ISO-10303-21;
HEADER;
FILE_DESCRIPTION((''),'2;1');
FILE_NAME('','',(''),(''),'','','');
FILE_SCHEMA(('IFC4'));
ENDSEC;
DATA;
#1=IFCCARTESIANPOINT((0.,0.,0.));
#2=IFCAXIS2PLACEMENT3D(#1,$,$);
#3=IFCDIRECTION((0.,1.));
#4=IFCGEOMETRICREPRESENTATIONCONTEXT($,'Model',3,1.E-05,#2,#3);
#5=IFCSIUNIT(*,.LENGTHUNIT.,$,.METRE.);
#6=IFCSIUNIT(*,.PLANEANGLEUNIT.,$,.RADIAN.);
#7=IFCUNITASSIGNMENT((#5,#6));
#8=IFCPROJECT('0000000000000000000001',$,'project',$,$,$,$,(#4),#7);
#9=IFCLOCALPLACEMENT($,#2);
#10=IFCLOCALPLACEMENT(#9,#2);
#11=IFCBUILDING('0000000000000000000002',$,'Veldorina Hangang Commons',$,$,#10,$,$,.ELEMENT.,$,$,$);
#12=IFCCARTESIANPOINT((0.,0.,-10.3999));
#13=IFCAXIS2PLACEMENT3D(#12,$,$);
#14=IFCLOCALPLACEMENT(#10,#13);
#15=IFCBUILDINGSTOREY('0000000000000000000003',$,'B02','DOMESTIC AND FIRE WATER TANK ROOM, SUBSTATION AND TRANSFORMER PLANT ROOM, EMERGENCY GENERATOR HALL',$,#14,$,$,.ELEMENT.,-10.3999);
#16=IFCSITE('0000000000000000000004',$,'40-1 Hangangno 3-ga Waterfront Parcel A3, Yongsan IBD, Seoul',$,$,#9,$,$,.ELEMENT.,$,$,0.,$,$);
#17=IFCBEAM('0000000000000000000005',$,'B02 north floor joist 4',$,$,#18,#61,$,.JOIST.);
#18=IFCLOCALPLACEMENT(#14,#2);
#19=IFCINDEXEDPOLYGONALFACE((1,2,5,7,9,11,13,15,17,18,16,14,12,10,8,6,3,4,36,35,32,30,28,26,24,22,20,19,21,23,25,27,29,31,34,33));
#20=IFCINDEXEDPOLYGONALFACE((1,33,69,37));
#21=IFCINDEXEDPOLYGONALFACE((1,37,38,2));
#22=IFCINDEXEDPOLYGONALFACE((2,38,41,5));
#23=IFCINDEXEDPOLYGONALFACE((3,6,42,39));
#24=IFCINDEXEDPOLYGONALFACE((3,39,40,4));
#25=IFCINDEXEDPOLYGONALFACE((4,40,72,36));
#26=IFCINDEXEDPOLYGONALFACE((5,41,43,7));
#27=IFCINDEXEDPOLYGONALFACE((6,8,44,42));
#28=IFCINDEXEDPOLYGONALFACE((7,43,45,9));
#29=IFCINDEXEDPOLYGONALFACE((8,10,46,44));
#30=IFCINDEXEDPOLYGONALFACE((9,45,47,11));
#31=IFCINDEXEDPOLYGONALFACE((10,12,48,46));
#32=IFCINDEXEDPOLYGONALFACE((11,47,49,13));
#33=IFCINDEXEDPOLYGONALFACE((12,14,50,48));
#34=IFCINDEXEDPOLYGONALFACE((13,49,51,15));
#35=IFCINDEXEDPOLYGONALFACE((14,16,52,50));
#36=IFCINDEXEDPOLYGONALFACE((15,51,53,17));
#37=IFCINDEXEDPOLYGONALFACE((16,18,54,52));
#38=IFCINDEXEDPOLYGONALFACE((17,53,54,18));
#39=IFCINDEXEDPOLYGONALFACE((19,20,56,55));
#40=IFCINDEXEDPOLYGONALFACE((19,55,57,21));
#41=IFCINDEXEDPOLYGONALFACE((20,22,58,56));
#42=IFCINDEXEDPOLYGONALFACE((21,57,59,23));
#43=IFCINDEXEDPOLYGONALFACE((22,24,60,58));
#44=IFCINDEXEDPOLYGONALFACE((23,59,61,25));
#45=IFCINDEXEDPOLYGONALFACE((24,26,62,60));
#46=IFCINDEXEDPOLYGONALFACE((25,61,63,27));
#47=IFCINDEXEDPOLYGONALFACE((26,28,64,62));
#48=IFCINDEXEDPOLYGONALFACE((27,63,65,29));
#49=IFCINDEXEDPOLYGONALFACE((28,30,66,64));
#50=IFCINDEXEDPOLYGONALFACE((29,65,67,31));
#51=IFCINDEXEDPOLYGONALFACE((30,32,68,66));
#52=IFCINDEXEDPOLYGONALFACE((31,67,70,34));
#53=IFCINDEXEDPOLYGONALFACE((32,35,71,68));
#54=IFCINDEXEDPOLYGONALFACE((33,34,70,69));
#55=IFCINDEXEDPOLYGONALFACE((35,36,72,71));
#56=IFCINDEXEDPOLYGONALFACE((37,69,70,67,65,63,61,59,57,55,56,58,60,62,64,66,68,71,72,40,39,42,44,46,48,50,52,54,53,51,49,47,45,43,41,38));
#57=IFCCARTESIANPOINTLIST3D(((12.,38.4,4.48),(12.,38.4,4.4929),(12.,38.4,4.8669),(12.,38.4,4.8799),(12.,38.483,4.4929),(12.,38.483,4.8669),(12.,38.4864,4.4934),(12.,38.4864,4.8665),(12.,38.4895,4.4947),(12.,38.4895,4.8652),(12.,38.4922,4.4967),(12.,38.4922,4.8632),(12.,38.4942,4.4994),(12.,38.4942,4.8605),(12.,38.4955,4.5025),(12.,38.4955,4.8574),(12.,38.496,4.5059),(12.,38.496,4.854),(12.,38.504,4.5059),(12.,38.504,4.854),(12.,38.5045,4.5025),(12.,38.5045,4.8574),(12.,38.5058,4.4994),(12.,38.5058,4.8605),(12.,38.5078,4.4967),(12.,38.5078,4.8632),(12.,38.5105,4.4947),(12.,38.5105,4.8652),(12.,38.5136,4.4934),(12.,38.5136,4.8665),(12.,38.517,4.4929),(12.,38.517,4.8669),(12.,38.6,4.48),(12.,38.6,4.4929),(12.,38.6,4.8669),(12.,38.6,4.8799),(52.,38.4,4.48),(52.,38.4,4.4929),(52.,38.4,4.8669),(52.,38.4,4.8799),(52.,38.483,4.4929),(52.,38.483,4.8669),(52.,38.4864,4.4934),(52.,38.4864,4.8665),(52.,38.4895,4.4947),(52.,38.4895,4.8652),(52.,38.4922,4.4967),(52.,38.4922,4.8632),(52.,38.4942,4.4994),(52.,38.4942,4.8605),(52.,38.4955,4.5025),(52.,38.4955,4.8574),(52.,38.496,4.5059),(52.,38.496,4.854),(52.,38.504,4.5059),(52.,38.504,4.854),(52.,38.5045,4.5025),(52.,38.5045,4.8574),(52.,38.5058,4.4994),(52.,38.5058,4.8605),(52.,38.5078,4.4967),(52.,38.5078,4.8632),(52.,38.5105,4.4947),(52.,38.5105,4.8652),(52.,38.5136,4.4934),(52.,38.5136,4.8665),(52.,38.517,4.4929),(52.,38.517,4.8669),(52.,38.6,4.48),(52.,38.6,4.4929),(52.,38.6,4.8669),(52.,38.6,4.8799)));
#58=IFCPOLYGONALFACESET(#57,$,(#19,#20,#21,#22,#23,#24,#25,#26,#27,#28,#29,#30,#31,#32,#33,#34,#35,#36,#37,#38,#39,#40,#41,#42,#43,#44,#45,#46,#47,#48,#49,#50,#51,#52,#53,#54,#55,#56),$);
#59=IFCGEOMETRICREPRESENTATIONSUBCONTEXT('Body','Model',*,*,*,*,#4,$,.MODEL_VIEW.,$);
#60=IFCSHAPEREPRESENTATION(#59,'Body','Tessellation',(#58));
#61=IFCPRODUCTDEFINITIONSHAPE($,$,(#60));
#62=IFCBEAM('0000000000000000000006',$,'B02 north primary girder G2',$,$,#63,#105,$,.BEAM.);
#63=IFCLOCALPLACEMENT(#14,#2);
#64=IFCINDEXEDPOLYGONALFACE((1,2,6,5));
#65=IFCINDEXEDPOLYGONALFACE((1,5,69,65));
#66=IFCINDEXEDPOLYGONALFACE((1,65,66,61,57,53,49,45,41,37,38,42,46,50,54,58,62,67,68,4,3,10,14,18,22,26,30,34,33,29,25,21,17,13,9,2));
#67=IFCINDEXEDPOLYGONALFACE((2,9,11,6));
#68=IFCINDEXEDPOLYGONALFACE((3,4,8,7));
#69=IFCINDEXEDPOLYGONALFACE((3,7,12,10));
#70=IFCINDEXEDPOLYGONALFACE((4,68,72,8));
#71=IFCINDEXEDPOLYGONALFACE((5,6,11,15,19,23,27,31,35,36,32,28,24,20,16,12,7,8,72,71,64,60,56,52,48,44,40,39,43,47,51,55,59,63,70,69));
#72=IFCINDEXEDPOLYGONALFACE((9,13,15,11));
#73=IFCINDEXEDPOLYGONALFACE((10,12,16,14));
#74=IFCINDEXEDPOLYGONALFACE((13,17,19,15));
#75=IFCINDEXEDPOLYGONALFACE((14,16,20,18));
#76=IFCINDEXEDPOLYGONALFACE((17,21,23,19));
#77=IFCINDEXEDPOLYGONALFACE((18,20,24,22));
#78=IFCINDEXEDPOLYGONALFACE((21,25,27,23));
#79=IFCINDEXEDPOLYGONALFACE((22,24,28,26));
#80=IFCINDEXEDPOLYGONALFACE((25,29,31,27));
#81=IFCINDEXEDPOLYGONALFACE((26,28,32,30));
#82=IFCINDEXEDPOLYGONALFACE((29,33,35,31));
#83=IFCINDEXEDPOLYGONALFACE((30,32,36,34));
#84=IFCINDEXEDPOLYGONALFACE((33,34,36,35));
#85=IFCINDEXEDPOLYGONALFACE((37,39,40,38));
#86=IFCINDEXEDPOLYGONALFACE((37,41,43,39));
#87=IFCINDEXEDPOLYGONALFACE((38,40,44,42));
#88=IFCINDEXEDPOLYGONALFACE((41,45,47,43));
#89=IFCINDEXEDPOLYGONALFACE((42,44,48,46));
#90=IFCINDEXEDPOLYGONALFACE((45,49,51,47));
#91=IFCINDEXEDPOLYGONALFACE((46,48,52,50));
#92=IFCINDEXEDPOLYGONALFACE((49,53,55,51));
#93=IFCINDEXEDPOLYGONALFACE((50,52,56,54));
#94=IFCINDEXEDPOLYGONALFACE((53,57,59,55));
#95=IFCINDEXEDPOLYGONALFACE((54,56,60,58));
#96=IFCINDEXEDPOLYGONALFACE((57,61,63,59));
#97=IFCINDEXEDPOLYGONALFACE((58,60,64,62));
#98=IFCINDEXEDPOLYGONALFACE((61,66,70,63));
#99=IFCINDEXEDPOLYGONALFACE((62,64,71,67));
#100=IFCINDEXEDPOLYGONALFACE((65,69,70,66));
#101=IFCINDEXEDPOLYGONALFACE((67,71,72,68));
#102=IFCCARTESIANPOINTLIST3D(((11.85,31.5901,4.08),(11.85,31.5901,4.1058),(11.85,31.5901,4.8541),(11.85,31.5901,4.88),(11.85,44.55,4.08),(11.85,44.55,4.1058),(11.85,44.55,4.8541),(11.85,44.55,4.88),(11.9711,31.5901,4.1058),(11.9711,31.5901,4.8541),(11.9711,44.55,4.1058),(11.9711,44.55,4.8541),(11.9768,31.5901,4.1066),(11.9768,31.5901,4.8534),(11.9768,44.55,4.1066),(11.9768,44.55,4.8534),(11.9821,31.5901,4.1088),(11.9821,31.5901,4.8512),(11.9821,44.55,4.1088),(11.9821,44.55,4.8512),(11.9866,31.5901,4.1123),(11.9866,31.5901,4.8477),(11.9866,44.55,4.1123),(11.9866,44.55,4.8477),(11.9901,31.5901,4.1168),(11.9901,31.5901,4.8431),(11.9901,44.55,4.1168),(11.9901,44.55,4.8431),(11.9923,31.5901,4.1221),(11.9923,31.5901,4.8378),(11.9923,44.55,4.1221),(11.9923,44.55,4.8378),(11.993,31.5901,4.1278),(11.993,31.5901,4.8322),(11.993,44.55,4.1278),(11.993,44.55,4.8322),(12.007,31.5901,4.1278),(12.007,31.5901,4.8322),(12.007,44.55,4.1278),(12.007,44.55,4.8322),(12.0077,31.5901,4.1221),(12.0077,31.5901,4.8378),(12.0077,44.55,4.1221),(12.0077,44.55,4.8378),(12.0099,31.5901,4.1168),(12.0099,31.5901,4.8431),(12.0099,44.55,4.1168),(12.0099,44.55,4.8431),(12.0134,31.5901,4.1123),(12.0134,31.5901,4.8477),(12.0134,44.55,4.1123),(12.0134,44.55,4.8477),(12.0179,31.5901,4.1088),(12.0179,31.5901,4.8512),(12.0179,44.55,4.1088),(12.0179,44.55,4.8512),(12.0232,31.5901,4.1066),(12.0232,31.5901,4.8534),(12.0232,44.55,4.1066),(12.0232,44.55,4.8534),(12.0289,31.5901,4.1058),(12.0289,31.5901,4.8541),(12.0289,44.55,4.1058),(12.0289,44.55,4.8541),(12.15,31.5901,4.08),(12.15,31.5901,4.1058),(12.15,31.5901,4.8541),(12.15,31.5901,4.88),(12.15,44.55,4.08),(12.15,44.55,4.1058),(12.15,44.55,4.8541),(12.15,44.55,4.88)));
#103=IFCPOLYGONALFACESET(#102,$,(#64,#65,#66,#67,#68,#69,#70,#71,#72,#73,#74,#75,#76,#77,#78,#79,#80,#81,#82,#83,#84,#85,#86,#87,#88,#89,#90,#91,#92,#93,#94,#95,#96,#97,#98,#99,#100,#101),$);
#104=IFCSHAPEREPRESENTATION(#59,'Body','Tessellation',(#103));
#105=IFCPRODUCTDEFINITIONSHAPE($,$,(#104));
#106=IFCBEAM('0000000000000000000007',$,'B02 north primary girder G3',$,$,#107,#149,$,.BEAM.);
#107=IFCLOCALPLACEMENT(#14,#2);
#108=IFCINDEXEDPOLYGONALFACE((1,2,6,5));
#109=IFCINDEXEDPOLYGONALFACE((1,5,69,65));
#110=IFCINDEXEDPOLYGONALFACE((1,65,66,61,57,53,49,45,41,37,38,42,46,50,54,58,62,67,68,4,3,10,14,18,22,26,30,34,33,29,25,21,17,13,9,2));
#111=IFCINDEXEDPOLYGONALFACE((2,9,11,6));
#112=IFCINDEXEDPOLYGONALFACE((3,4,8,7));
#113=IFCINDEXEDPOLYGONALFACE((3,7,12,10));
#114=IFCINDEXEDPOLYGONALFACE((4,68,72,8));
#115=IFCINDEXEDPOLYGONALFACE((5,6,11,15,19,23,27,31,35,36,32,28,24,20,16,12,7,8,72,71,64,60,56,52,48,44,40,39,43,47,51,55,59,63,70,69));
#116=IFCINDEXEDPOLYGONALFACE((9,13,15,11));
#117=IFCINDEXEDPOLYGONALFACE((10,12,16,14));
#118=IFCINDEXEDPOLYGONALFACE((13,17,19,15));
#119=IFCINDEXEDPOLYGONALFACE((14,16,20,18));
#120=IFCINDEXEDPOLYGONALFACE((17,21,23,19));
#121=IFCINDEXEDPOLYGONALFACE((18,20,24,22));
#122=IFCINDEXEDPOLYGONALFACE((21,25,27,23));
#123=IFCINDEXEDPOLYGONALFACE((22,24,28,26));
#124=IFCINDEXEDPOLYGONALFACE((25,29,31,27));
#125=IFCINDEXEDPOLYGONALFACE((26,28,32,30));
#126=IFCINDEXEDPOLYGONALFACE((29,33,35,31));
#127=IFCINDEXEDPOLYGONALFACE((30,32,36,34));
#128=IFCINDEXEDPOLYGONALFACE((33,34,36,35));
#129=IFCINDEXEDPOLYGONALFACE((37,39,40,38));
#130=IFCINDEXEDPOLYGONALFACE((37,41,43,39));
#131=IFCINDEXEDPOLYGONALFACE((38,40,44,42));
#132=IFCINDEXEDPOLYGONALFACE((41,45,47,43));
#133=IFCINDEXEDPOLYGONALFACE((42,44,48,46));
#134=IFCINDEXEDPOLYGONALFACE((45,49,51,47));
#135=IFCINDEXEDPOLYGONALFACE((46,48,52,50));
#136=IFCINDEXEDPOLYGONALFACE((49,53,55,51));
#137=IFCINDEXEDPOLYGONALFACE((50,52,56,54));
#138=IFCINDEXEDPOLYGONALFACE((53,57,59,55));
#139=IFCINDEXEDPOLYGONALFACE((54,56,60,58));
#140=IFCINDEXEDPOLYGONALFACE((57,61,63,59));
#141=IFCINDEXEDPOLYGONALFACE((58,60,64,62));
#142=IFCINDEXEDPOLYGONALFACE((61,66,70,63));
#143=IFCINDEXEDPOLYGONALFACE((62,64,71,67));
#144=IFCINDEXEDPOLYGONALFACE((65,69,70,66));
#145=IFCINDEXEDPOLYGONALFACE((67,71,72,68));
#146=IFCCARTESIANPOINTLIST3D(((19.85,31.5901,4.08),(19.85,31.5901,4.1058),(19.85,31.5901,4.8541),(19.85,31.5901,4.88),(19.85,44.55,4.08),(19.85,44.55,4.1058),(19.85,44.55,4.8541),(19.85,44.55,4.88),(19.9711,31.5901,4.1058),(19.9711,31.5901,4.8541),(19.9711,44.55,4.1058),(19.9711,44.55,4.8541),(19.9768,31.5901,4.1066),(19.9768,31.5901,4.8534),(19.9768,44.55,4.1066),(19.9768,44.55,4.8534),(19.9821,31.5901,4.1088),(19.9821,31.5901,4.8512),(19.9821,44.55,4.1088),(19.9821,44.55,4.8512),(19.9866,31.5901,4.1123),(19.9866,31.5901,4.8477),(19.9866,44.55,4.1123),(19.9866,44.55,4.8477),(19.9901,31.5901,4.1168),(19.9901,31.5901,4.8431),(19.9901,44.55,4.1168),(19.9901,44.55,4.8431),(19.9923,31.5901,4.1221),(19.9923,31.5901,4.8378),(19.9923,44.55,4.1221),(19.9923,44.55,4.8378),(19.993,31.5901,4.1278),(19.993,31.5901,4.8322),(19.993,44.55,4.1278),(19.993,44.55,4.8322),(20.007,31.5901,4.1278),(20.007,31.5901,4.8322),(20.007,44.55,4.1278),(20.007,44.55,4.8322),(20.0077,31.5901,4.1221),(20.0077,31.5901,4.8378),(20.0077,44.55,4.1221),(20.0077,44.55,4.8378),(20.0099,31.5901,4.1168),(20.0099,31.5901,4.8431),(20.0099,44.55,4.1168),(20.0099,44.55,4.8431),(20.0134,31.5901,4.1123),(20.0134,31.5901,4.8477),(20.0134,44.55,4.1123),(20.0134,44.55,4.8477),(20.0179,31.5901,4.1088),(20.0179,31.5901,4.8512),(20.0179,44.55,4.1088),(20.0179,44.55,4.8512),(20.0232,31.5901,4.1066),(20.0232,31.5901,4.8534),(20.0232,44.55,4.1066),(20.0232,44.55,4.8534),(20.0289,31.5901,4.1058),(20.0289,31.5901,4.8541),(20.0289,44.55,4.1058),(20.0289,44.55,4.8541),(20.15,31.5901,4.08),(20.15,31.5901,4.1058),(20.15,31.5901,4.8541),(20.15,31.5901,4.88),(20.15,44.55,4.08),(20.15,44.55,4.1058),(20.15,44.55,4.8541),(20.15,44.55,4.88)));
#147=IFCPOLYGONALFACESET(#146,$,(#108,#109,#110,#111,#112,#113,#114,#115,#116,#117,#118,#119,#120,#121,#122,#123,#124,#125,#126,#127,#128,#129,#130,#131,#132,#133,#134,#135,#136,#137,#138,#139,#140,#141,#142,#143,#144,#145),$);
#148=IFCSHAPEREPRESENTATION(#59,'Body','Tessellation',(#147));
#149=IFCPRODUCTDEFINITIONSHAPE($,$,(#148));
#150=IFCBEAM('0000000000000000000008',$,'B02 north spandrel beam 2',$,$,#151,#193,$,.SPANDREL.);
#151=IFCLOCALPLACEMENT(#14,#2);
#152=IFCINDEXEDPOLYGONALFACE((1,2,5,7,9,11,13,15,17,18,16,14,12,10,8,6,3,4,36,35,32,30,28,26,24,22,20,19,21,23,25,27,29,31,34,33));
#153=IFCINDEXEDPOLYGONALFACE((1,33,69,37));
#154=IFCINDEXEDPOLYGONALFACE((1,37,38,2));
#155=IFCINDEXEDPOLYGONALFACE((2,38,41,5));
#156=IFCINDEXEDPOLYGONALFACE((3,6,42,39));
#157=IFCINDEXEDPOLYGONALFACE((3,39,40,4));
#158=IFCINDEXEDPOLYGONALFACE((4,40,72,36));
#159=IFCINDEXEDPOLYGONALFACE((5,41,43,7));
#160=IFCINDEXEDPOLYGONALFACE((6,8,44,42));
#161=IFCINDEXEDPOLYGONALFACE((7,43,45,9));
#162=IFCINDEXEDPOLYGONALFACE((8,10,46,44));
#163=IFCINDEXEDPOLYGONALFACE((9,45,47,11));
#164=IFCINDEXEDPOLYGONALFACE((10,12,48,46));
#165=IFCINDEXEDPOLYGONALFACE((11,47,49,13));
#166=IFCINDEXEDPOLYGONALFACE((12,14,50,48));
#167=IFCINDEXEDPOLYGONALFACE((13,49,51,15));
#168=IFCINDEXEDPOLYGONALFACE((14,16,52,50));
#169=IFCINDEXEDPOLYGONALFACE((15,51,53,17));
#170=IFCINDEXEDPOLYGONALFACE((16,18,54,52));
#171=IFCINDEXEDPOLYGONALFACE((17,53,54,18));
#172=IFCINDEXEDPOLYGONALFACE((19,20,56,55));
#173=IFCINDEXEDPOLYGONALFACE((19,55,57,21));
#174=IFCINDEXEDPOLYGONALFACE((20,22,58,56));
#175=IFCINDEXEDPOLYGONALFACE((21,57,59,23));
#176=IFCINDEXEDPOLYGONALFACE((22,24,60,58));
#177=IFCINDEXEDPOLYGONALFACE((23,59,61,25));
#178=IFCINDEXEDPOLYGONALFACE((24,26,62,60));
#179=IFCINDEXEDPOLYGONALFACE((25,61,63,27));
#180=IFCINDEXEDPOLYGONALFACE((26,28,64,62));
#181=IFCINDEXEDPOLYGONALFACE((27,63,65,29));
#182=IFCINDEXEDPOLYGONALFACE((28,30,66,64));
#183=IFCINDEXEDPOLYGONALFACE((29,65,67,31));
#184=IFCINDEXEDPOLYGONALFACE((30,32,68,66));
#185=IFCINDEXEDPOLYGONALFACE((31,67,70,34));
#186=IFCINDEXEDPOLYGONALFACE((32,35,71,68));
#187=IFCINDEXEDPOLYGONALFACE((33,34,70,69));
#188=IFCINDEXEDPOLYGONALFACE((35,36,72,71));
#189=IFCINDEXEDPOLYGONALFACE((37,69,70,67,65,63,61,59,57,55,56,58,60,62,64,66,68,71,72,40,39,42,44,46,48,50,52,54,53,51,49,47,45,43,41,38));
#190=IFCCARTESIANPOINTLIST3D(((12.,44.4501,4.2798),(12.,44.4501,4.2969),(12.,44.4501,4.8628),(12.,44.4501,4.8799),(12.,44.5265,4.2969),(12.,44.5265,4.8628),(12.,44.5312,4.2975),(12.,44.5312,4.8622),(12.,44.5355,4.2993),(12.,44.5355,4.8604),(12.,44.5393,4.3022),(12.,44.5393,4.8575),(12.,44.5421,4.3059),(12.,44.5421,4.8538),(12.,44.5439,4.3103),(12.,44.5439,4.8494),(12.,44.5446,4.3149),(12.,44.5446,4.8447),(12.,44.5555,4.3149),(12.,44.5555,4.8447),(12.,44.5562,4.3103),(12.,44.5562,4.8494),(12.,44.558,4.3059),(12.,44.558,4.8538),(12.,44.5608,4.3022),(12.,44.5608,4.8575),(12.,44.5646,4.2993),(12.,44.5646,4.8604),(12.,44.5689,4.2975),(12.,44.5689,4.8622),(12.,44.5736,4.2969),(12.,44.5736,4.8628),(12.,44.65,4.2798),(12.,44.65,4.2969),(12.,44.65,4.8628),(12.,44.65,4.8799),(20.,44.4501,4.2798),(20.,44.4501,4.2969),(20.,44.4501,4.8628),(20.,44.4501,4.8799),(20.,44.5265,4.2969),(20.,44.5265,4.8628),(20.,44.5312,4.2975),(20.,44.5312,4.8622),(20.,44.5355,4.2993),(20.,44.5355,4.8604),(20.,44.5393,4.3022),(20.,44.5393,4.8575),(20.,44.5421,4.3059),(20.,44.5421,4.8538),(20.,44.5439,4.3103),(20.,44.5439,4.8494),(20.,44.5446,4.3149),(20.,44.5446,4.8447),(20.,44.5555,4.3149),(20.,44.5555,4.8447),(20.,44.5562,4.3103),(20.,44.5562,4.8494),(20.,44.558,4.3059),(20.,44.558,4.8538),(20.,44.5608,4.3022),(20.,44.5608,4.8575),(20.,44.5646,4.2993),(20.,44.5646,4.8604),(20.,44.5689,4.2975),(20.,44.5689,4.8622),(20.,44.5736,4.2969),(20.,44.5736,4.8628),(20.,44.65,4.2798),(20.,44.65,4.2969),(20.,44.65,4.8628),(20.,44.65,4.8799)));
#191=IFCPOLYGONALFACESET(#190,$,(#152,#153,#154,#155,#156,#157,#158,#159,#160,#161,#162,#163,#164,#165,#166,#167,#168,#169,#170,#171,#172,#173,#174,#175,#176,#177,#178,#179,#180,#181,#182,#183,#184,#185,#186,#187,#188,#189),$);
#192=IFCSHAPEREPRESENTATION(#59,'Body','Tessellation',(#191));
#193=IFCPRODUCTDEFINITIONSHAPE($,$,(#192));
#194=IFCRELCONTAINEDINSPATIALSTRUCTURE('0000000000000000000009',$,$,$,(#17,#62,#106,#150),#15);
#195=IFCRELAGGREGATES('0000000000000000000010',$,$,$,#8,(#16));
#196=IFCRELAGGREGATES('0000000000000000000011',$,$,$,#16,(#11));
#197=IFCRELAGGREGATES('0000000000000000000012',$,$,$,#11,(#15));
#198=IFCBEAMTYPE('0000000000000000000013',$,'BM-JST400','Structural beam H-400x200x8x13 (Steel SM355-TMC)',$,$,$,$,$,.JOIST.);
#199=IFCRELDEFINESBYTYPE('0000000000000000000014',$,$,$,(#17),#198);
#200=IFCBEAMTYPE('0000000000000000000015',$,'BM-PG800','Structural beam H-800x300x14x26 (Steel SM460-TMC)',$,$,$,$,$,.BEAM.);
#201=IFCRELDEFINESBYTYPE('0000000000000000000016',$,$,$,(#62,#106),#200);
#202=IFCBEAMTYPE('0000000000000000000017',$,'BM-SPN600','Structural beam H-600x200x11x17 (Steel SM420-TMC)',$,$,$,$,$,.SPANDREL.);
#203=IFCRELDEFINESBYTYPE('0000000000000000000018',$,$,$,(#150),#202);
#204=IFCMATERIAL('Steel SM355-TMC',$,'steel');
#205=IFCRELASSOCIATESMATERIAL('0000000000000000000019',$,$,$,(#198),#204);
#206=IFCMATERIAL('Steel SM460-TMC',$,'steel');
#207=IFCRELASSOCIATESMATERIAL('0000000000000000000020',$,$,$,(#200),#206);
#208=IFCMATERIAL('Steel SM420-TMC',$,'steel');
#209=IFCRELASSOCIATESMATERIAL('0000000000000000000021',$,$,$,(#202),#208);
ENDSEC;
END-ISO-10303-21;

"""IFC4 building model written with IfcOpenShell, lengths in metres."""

from ifc_helpers import new_model, si_unit, direction, frame, origin, origin_2d, place, context, subcontext, project, spatial, i_section, extrude, material, material_profile, profile_set, type_object, element, save


model = new_model("IFC4")

# Units and contexts
model_context = context("Model", 3, precision=1e-05, world=origin(), true_north=direction((0.0, 1.0)))
body_context = subcontext(model_context, "Body", "Model", "MODEL_VIEW")
ifc_project = project(units=[si_unit("LENGTHUNIT", "METRE"), si_unit("PLANEANGLEUNIT", "RADIAN")], contexts=[model_context])

# Site, building, storey
site_placement = place(None, origin())
site = spatial("IfcSite", under=ifc_project, at=site_placement, Name="40-1 Hangangno 3-ga Waterfront Parcel A3, Yongsan IBD, Seoul", CompositionType="ELEMENT", RefElevation=0.0)
building_placement = place(site_placement, origin())
building = spatial("IfcBuilding", under=site, at=building_placement, Name="Veldorina Hangang Commons", CompositionType="ELEMENT")
storey_placement = place(building_placement, frame((0.0, 0.0, -10.3999)))
storey = spatial("IfcBuildingStorey", under=building, at=storey_placement, Name="B02", Description="DOMESTIC AND FIRE WATER TANK ROOM, SUBSTATION AND TRANSFORMER PLANT ROOM, EMERGENCY GENERATOR HALL", CompositionType="ELEMENT", Elevation=-10.3999)

# Shared definitions
ifc_material_1 = material(Name="Steel SM355-TMC", Category="steel")

# Beams
ifc_material_profile_1 = material_profile(ifc_material_1, i_section(OverallWidth=0.2, OverallDepth=0.3999, WebThickness=0.0081, FlangeThickness=0.0129, FilletRadius=0.0129, at=origin_2d()), Name="H-400x200x8x13")
ifc_profile_set_1 = profile_set([ifc_material_profile_1], Name="Steel SM355-TMC")
beam_type_1 = type_object("IfcBeamType", Name="BM-JST400", Description="Structural beam H-400x200x8x13 (Steel SM355-TMC)", PredefinedType="JOIST", material=ifc_profile_set_1)
beam_1_placement = place(storey_placement, frame((12.0, 38.5, 4.6799), z_axis=(1.0, 0.0, 0.0), x_axis=(0.0, 1.0, 0.0)))
element("IfcBeam", 1, at=beam_1_placement, inside=storey, type_object=beam_type_1, Name="B02 north floor joist 4", PredefinedType="JOIST", context=body_context, shape_type="SweptSolid", body=[
    extrude(i_section(OverallWidth=0.2, OverallDepth=0.3999, WebThickness=0.0081, FlangeThickness=0.0129, FilletRadius=0.0129, at=origin_2d()), origin(), (0.0, 0.0, 1.0), 40.0),
])
ifc_material_2 = material(Name="Steel SM460-TMC", Category="steel")
ifc_material_profile_2 = material_profile(ifc_material_2, i_section(OverallWidth=0.3, OverallDepth=0.8, WebThickness=0.0139, FlangeThickness=0.0259, FilletRadius=0.022, at=origin_2d()), Name="H-800x300x14x26")
ifc_profile_set_2 = profile_set([ifc_material_profile_2], Name="Steel SM460-TMC")
beam_type_2 = type_object("IfcBeamType", Name="BM-PG800", Description="Structural beam H-800x300x14x26 (Steel SM460-TMC)", PredefinedType="BEAM", material=ifc_profile_set_2)
for number, where, z_axis, x_axis, name in (
    (2, (12.0, 31.5901, 4.48), (0.0, 1.0, 0.0), (-1.0, 0.0, 0.0), "B02 north primary girder G2"),
    (3, (20.0, 31.5901, 4.48), (0.0, 1.0, 0.0), (-1.0, 0.0, 0.0), "B02 north primary girder G3"),
):
    element("IfcBeam", number, at=place(storey_placement, frame(where, z_axis=z_axis, x_axis=x_axis)), inside=storey, type_object=beam_type_2, Name=name, PredefinedType="BEAM", context=body_context, shape_type="SweptSolid", body=[
        extrude(i_section(OverallWidth=0.3, OverallDepth=0.8, WebThickness=0.0139, FlangeThickness=0.0259, FilletRadius=0.022, at=origin_2d()), origin(), (0.0, 0.0, 1.0), 12.96),
    ])
ifc_material_3 = material(Name="Steel SM420-TMC", Category="steel")
ifc_material_profile_3 = material_profile(ifc_material_3, i_section(OverallWidth=0.2, OverallDepth=0.6001, WebThickness=0.011, FlangeThickness=0.0171, FilletRadius=0.0181, at=origin_2d()), Name="H-600x200x11x17")
ifc_profile_set_3 = profile_set([ifc_material_profile_3], Name="Steel SM420-TMC")
beam_type_3 = type_object("IfcBeamType", Name="BM-SPN600", Description="Structural beam H-600x200x11x17 (Steel SM420-TMC)", PredefinedType="SPANDREL", material=ifc_profile_set_3)
beam_2_placement = place(storey_placement, frame((12.0, 44.55, 4.5798), z_axis=(1.0, 0.0, 0.0), x_axis=(0.0, 1.0, 0.0)))
element("IfcBeam", 4, at=beam_2_placement, inside=storey, type_object=beam_type_3, Name="B02 north spandrel beam 2", PredefinedType="SPANDREL", context=body_context, shape_type="SweptSolid", body=[
    extrude(i_section(OverallWidth=0.2, OverallDepth=0.6001, WebThickness=0.011, FlangeThickness=0.0171, FilletRadius=0.0181, at=origin_2d()), origin(), (0.0, 0.0, 1.0), 8.0),
])

save(model, "model.ifc")
